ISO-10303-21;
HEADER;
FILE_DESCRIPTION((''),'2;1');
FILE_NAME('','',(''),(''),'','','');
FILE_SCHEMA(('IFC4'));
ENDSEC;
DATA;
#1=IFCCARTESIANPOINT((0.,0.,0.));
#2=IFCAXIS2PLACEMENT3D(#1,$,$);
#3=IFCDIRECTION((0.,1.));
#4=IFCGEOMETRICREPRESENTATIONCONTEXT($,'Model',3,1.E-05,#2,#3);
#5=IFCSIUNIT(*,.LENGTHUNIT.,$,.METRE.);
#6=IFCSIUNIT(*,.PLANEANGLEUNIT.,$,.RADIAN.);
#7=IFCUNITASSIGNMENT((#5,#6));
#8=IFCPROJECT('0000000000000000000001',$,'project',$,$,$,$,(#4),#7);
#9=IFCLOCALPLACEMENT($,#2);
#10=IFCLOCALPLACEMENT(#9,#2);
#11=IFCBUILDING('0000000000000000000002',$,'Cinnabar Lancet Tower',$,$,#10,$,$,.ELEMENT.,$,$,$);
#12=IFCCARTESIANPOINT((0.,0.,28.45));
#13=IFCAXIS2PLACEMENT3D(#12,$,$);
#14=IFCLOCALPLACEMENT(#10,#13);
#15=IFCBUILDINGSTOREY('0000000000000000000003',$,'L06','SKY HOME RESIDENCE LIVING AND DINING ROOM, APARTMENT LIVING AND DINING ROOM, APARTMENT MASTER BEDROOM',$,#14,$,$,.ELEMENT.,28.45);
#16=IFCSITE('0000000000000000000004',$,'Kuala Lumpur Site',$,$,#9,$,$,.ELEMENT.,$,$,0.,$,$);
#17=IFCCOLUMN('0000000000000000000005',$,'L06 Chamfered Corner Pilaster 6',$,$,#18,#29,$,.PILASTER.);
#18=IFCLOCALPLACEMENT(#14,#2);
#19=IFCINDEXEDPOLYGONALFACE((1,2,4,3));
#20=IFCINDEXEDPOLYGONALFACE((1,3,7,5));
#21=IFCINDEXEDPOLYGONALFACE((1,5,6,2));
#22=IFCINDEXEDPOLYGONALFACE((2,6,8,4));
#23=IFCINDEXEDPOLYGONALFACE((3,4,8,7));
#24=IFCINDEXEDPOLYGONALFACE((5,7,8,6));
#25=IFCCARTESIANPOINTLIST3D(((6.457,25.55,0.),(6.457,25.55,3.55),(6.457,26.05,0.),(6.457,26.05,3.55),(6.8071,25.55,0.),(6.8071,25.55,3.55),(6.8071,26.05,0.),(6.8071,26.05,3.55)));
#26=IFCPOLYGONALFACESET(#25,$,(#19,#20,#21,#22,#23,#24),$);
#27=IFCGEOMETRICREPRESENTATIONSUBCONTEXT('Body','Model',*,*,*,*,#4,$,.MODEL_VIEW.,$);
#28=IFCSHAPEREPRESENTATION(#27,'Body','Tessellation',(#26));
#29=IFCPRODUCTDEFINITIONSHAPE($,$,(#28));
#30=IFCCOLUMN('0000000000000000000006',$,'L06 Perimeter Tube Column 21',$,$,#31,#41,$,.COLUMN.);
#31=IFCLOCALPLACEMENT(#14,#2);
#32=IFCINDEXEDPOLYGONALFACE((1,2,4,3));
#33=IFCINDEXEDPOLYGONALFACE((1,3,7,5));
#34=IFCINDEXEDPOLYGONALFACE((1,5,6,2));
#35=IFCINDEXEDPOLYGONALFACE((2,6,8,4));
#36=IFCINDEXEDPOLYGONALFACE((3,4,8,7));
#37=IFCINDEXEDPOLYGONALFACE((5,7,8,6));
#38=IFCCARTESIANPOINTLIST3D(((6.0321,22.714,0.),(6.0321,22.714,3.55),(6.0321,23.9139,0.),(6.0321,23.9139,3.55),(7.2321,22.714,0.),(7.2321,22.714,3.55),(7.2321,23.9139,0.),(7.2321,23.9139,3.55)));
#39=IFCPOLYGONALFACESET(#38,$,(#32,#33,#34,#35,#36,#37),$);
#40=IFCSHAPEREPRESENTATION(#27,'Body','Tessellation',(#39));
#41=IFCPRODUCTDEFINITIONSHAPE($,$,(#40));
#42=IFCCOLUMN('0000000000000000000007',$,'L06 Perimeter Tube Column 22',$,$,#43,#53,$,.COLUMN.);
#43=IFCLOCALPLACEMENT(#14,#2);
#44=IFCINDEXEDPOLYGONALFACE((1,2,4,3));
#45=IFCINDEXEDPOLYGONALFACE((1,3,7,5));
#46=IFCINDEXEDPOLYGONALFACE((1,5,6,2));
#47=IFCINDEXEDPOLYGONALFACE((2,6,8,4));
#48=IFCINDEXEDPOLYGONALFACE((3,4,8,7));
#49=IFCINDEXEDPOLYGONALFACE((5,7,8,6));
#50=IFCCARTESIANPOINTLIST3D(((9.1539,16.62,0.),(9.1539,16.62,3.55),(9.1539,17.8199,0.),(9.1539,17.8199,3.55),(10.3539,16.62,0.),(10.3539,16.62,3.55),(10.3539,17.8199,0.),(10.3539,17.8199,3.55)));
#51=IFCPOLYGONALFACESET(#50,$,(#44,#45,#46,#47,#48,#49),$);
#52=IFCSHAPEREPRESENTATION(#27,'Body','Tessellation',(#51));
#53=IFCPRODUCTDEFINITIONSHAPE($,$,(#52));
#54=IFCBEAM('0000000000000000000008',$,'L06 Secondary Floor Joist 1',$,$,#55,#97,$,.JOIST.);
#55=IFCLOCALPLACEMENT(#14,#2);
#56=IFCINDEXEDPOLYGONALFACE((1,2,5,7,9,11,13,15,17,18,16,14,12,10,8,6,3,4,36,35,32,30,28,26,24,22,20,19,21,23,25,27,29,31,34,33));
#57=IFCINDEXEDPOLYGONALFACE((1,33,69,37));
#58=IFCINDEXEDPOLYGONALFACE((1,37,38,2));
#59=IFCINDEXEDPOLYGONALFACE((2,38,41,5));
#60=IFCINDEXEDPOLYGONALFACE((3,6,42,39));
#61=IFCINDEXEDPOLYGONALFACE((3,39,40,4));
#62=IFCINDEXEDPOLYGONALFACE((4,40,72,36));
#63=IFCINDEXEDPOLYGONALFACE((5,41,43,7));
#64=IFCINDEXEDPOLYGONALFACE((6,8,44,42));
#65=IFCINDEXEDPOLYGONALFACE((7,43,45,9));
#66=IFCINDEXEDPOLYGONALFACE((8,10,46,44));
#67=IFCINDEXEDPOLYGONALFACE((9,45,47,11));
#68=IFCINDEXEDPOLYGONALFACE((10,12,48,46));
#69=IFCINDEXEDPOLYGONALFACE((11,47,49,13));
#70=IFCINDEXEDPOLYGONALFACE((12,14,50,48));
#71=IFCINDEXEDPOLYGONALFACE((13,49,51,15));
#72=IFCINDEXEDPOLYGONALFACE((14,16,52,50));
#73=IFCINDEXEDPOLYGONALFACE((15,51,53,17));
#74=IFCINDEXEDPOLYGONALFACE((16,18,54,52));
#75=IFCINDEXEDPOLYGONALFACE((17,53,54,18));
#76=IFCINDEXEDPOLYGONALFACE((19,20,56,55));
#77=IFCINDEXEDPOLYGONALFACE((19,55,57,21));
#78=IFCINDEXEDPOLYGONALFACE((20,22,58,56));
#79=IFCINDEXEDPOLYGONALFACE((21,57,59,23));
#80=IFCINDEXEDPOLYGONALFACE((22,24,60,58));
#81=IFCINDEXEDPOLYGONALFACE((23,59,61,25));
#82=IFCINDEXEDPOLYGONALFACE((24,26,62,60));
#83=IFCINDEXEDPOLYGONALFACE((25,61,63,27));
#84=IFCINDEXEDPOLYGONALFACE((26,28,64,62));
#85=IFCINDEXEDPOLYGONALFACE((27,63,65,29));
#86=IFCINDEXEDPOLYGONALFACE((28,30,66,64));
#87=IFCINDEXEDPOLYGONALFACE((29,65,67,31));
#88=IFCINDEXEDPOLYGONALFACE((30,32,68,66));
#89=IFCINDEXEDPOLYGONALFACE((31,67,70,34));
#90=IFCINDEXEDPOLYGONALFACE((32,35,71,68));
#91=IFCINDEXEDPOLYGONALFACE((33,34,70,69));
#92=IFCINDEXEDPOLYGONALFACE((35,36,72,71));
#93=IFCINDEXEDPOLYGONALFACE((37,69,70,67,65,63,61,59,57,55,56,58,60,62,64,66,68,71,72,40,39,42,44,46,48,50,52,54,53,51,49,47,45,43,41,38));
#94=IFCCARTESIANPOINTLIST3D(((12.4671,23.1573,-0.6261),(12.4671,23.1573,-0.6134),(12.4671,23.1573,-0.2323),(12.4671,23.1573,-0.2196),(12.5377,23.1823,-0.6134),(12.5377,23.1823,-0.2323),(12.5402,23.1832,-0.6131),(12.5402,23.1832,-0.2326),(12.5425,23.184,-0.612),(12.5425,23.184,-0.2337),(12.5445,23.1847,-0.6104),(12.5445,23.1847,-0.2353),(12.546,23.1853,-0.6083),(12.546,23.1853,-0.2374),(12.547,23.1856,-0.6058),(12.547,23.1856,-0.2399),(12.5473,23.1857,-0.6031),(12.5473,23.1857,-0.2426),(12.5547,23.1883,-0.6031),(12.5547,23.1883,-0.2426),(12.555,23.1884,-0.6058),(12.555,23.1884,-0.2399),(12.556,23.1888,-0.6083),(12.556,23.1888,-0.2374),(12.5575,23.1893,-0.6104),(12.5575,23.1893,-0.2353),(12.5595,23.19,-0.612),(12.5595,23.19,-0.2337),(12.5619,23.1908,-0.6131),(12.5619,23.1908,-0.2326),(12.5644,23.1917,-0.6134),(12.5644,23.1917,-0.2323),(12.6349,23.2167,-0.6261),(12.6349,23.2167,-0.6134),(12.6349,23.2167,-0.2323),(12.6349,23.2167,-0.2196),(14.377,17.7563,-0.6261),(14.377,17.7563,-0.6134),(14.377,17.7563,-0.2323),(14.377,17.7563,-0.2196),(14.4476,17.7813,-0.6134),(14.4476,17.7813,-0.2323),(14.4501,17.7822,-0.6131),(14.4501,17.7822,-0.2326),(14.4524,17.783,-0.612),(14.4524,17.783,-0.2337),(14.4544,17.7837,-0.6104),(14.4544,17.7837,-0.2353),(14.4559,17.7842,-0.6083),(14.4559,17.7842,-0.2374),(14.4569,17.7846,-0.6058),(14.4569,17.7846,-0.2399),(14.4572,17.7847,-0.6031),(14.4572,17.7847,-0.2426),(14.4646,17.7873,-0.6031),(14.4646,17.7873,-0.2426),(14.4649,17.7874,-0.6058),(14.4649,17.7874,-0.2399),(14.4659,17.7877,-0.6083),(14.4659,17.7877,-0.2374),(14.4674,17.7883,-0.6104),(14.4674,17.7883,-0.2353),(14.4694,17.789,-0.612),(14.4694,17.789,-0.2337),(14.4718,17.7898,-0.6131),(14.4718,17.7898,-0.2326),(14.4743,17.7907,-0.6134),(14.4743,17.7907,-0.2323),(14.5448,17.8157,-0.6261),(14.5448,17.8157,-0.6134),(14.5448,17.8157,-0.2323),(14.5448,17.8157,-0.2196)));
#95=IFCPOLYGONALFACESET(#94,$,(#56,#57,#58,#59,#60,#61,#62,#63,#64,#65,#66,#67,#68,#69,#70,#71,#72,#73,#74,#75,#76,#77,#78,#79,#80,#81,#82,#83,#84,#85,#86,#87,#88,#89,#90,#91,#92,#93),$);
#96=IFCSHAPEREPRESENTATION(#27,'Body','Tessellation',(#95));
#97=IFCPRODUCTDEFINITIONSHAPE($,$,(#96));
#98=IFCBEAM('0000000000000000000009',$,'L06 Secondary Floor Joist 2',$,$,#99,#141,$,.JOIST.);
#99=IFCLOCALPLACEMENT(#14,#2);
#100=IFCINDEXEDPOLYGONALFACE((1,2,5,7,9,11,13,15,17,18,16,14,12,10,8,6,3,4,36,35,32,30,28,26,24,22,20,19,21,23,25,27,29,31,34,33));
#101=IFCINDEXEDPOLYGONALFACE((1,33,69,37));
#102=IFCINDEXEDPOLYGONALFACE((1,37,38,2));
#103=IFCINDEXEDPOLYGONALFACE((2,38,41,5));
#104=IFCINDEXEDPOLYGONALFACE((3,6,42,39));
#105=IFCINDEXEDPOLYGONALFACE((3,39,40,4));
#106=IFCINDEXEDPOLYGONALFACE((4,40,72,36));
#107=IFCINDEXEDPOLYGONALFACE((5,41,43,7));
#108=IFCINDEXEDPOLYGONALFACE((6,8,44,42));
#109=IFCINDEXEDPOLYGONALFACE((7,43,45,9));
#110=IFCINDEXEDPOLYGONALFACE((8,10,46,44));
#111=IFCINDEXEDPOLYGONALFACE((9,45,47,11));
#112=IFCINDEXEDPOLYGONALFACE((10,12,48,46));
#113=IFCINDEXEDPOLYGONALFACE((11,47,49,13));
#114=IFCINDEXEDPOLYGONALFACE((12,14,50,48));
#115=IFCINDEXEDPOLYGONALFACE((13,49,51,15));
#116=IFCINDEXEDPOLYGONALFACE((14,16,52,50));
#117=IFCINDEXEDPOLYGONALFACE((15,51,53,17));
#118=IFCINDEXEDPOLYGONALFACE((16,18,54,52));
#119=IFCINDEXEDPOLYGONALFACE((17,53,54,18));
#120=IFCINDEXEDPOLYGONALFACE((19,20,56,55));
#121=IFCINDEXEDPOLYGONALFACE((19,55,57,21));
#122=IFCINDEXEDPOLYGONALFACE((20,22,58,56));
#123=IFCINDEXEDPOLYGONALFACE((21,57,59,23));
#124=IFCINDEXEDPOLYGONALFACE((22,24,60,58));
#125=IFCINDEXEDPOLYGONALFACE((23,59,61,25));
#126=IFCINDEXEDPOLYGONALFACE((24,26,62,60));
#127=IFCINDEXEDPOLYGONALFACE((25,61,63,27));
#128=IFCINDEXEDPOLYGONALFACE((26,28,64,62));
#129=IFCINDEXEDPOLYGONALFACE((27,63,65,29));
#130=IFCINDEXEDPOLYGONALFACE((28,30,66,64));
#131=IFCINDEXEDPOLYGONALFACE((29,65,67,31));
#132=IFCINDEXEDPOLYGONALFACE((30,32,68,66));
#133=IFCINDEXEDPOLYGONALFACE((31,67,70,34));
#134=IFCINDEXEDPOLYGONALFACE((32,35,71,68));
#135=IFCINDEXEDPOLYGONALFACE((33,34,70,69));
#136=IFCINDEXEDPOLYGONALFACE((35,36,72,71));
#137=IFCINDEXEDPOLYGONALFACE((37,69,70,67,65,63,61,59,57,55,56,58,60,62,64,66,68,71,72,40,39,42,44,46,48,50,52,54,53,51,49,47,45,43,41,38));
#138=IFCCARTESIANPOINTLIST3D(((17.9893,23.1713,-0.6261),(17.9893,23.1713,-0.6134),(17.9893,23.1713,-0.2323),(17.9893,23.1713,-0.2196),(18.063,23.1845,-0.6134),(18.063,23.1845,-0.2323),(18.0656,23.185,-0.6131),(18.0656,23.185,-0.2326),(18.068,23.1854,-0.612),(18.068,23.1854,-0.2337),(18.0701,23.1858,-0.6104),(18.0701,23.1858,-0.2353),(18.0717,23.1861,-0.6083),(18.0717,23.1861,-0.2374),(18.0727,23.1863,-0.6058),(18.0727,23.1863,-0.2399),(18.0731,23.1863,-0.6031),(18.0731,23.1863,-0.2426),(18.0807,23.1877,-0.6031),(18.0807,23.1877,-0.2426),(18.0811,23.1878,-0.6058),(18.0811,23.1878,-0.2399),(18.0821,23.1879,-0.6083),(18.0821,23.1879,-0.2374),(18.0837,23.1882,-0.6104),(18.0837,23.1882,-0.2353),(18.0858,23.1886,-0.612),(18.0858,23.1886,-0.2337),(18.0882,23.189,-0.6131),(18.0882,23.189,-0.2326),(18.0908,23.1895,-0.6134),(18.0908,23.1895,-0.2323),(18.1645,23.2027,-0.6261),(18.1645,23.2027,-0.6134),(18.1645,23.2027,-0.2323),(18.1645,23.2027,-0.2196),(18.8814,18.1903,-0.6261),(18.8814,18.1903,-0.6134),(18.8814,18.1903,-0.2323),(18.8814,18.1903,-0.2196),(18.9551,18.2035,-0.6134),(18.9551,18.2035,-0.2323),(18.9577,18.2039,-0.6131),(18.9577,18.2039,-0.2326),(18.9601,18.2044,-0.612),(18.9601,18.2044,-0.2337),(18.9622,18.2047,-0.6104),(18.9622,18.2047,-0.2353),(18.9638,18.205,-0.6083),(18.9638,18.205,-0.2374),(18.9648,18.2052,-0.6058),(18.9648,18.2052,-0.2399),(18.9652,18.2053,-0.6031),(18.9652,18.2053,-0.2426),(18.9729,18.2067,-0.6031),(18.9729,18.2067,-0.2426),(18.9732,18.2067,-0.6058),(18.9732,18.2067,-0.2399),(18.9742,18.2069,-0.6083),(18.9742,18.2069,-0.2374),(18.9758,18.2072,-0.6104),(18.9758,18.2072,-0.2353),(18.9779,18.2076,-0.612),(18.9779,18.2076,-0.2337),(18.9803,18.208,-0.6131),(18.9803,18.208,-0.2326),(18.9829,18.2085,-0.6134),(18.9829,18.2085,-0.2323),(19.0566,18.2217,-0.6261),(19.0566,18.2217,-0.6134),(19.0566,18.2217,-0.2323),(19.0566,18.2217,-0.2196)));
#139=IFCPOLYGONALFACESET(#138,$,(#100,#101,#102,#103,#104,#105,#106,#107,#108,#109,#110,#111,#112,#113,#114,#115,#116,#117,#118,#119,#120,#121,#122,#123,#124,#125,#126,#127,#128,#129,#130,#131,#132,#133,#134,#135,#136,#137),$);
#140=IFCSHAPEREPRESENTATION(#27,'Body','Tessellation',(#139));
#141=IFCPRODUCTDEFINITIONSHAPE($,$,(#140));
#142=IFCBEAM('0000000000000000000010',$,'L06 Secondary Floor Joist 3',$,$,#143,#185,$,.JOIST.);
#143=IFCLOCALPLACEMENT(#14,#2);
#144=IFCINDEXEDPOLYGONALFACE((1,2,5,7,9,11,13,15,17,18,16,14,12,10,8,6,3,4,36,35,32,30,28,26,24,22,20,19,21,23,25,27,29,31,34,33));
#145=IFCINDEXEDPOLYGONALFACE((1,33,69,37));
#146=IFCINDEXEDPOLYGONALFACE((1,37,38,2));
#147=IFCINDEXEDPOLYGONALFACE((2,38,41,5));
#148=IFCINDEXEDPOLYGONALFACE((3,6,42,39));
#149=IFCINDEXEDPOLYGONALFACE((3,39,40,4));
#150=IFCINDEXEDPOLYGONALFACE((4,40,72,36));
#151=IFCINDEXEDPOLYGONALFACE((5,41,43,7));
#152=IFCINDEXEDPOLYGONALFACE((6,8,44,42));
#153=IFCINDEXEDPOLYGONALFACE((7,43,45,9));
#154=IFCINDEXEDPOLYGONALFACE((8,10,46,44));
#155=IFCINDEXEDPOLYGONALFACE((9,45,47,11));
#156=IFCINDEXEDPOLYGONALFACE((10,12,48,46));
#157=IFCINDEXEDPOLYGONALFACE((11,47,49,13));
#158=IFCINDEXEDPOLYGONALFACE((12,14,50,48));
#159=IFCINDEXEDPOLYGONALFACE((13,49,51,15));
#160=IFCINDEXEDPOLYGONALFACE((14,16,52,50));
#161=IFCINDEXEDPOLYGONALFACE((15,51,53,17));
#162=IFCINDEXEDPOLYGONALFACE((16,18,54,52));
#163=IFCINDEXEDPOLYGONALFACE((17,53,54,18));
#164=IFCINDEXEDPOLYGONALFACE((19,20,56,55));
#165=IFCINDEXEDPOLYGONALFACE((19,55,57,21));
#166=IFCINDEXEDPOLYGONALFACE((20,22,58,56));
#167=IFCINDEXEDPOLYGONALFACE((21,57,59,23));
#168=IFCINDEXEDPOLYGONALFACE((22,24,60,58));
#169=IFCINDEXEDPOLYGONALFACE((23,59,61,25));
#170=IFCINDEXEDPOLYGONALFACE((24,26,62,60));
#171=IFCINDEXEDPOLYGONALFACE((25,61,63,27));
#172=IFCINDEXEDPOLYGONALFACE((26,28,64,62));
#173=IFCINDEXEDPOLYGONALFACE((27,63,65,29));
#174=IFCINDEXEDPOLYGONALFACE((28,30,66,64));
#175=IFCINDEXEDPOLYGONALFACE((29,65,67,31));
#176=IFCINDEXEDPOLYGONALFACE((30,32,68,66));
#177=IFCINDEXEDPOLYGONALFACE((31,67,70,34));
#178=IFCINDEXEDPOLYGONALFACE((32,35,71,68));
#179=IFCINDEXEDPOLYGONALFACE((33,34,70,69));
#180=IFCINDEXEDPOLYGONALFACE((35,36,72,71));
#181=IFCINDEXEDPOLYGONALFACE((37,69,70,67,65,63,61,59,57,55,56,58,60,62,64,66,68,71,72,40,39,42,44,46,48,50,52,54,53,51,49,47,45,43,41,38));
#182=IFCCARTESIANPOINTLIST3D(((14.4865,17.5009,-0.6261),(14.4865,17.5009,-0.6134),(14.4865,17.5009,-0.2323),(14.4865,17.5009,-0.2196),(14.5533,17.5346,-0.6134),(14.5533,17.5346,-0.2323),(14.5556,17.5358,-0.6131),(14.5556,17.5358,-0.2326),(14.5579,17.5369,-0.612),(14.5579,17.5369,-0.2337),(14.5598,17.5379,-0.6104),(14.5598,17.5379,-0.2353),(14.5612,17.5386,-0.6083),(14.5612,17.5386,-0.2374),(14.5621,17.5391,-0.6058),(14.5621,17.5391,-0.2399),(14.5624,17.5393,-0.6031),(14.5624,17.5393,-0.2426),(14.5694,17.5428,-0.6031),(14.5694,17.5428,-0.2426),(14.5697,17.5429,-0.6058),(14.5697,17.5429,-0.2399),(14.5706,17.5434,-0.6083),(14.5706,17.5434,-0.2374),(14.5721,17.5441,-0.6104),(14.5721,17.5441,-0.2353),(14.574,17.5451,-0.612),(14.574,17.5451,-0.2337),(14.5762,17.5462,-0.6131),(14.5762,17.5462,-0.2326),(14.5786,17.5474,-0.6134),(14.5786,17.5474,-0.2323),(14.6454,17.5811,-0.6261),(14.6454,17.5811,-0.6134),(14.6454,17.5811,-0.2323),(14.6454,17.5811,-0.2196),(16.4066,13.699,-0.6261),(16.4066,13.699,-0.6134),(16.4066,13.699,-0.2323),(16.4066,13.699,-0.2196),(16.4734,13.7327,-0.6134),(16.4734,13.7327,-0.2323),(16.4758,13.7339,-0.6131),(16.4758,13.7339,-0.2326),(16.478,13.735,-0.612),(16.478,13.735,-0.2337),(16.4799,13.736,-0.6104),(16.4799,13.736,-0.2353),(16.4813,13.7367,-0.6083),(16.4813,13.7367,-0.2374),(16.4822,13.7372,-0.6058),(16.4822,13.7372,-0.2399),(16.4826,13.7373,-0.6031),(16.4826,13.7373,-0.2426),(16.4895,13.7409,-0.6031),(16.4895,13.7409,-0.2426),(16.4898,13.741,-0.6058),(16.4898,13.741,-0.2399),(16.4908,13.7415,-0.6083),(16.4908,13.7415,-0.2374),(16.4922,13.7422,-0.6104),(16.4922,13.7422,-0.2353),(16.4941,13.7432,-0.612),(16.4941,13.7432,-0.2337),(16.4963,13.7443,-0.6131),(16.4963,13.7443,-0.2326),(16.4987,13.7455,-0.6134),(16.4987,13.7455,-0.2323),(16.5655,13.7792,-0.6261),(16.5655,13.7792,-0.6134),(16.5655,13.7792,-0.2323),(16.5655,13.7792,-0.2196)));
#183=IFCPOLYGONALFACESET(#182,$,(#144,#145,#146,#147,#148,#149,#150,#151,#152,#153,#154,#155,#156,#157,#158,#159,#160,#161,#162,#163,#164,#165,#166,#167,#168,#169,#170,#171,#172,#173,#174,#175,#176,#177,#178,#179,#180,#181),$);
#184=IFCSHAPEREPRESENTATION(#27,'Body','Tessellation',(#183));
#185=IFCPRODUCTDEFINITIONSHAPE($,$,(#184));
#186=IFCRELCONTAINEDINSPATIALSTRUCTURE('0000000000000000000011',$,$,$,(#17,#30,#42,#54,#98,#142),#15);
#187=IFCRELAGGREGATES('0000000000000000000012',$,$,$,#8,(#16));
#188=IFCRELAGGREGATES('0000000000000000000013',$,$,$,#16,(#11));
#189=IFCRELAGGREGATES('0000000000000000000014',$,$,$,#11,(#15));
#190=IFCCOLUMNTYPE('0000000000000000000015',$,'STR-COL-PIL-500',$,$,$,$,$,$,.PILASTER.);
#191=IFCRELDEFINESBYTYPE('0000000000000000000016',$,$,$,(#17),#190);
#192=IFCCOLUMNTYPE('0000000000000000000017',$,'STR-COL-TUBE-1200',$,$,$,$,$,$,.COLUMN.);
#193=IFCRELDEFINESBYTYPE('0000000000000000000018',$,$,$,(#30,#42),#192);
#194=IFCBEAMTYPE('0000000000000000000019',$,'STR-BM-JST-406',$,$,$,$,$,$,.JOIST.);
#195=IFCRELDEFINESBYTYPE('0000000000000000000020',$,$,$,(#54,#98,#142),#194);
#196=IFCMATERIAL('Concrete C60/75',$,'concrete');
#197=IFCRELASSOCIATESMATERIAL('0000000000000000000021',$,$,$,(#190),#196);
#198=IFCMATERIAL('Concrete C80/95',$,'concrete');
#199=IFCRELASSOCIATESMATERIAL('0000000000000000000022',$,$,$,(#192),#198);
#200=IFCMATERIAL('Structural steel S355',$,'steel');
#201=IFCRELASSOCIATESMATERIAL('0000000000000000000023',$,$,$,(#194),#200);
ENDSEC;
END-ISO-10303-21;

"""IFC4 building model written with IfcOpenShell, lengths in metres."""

from ifc_helpers import new_model, si_unit, direction, frame, origin, origin_2d, place, context, subcontext, project, spatial, rectangle, i_section, extrude, material, material_profile, profile_set, type_object, element, save


model = new_model("IFC4")

# Units and contexts
model_context = context("Model", 3, precision=1e-05, world=origin(), true_north=direction((0.0, 1.0)))
body_context = subcontext(model_context, "Body", "Model", "MODEL_VIEW")
ifc_project = project(units=[si_unit("LENGTHUNIT", "METRE"), si_unit("PLANEANGLEUNIT", "RADIAN")], contexts=[model_context])

# Site, building, storey
site_placement = place(None, origin())
site = spatial("IfcSite", under=ifc_project, at=site_placement, Name="Kuala Lumpur Site", CompositionType="ELEMENT", RefElevation=0.0)
building_placement = place(site_placement, origin())
building = spatial("IfcBuilding", under=site, at=building_placement, Name="Cinnabar Lancet Tower", CompositionType="ELEMENT")
storey_placement = place(building_placement, frame((0.0, 0.0, 28.45)))
storey = spatial("IfcBuildingStorey", under=building, at=storey_placement, Name="L06", Description="SKY HOME RESIDENCE LIVING AND DINING ROOM, APARTMENT LIVING AND DINING ROOM, APARTMENT MASTER BEDROOM", CompositionType="ELEMENT", Elevation=28.45)

# Columns
ifc_material_1 = material(Name="Concrete C60/75", Category="concrete")
ifc_material_profile_1 = material_profile(ifc_material_1, rectangle(XDim=0.5, YDim=0.3501, at=origin_2d()), Name="RC-PIL 500x350")
ifc_profile_set_1 = profile_set([ifc_material_profile_1], Name="Concrete C60/75")
column_type_1 = type_object("IfcColumnType", Name="STR-COL-PIL-500", PredefinedType="PILASTER", material=ifc_profile_set_1)
column_placement = place(storey_placement, frame((6.6321, 25.8, 0.0), z_axis=(0.0, 0.0, 1.0), x_axis=(0.0, -1.0, 0.0)))
element("IfcColumn", 1, at=column_placement, inside=storey, type_object=column_type_1, Name="L06 Chamfered Corner Pilaster 6", PredefinedType="PILASTER", context=body_context, shape_type="SweptSolid", body=[
    extrude(rectangle(XDim=0.5, YDim=0.3501, at=origin_2d()), origin(), (0.0, 0.0, 1.0), 3.55),
])
ifc_material_2 = material(Name="Concrete C80/95", Category="concrete")
ifc_material_profile_2 = material_profile(ifc_material_2, rectangle(XDim=1.2, YDim=1.2, at=origin_2d()), Name="RC-COL 1200x1200")
ifc_profile_set_2 = profile_set([ifc_material_profile_2], Name="Concrete C80/95")
column_type_2 = type_object("IfcColumnType", Name="STR-COL-TUBE-1200", PredefinedType="COLUMN", material=ifc_profile_set_2)
for number, where, z_axis, x_axis, name in (
    (2, (6.6321, 23.314, 0.0), (0.0, 0.0, 1.0), (1.0, 0.0, 0.0), "L06 Perimeter Tube Column 21"),
    (3, (9.7539, 17.22, 0.0), (0.0, 0.0, 1.0), (1.0, 0.0, 0.0), "L06 Perimeter Tube Column 22"),
):
    element("IfcColumn", number, at=place(storey_placement, frame(where, z_axis=z_axis, x_axis=x_axis)), inside=storey, type_object=column_type_2, Name=name, PredefinedType="COLUMN", context=body_context, shape_type="SweptSolid", body=[
        extrude(rectangle(XDim=1.2, YDim=1.2, at=origin_2d()), origin(), (0.0, 0.0, 1.0), 3.55),
    ])

# Beams
ifc_material_3 = material(Name="Structural steel S355", Category="steel")
ifc_material_profile_3 = material_profile(ifc_material_3, i_section(OverallWidth=0.178, OverallDepth=0.4065, WebThickness=0.0078, FlangeThickness=0.0127, FilletRadius=0.0103, at=origin_2d()), Name="UKB 406x178x60")
ifc_profile_set_3 = profile_set([ifc_material_profile_3], Name="Structural steel S355")
beam_type_1 = type_object("IfcBeamType", Name="STR-BM-JST-406", PredefinedType="JOIST", material=ifc_profile_set_3)
beam_1_placement = place(storey_placement, frame((12.551, 23.187, -0.4229), z_axis=(0.333384, -0.942791, 0.0), x_axis=(0.942791, 0.333384, 0.0)))
element("IfcBeam", 4, at=beam_1_placement, inside=storey, type_object=beam_type_1, Name="L06 Secondary Floor Joist 1", PredefinedType="JOIST", context=body_context, shape_type="SweptSolid", body=[
    extrude(i_section(OverallWidth=0.178, OverallDepth=0.4065, WebThickness=0.0078, FlangeThickness=0.0127, FilletRadius=0.0103, at=origin_2d()), origin(), (0.0, 0.0, 1.0), 5.7288),
])
beam_2_placement = place(storey_placement, frame((18.0769, 23.187, -0.4229), z_axis=(0.176295, -0.984337, 0.0), x_axis=(0.984337, 0.176295, 0.0)))
element("IfcBeam", 5, at=beam_2_placement, inside=storey, type_object=beam_type_1, Name="L06 Secondary Floor Joist 2", PredefinedType="JOIST", context=body_context, shape_type="SweptSolid", body=[
    extrude(i_section(OverallWidth=0.178, OverallDepth=0.4065, WebThickness=0.0078, FlangeThickness=0.0127, FilletRadius=0.0103, at=origin_2d()), origin(), (0.0, 0.0, 1.0), 5.0603),
])
beam_3_placement = place(storey_placement, frame((14.5659, 17.541, -0.4229), z_axis=(0.45081, -0.89262, 0.0), x_axis=(0.89262, 0.45081, 0.0)))
element("IfcBeam", 6, at=beam_3_placement, inside=storey, type_object=beam_type_1, Name="L06 Secondary Floor Joist 3", PredefinedType="JOIST", context=body_context, shape_type="SweptSolid", body=[
    extrude(i_section(OverallWidth=0.178, OverallDepth=0.4065, WebThickness=0.0078, FlangeThickness=0.0127, FilletRadius=0.0103, at=origin_2d()), origin(), (0.0, 0.0, 1.0), 4.2593),
])

save(model, "model.ifc")
